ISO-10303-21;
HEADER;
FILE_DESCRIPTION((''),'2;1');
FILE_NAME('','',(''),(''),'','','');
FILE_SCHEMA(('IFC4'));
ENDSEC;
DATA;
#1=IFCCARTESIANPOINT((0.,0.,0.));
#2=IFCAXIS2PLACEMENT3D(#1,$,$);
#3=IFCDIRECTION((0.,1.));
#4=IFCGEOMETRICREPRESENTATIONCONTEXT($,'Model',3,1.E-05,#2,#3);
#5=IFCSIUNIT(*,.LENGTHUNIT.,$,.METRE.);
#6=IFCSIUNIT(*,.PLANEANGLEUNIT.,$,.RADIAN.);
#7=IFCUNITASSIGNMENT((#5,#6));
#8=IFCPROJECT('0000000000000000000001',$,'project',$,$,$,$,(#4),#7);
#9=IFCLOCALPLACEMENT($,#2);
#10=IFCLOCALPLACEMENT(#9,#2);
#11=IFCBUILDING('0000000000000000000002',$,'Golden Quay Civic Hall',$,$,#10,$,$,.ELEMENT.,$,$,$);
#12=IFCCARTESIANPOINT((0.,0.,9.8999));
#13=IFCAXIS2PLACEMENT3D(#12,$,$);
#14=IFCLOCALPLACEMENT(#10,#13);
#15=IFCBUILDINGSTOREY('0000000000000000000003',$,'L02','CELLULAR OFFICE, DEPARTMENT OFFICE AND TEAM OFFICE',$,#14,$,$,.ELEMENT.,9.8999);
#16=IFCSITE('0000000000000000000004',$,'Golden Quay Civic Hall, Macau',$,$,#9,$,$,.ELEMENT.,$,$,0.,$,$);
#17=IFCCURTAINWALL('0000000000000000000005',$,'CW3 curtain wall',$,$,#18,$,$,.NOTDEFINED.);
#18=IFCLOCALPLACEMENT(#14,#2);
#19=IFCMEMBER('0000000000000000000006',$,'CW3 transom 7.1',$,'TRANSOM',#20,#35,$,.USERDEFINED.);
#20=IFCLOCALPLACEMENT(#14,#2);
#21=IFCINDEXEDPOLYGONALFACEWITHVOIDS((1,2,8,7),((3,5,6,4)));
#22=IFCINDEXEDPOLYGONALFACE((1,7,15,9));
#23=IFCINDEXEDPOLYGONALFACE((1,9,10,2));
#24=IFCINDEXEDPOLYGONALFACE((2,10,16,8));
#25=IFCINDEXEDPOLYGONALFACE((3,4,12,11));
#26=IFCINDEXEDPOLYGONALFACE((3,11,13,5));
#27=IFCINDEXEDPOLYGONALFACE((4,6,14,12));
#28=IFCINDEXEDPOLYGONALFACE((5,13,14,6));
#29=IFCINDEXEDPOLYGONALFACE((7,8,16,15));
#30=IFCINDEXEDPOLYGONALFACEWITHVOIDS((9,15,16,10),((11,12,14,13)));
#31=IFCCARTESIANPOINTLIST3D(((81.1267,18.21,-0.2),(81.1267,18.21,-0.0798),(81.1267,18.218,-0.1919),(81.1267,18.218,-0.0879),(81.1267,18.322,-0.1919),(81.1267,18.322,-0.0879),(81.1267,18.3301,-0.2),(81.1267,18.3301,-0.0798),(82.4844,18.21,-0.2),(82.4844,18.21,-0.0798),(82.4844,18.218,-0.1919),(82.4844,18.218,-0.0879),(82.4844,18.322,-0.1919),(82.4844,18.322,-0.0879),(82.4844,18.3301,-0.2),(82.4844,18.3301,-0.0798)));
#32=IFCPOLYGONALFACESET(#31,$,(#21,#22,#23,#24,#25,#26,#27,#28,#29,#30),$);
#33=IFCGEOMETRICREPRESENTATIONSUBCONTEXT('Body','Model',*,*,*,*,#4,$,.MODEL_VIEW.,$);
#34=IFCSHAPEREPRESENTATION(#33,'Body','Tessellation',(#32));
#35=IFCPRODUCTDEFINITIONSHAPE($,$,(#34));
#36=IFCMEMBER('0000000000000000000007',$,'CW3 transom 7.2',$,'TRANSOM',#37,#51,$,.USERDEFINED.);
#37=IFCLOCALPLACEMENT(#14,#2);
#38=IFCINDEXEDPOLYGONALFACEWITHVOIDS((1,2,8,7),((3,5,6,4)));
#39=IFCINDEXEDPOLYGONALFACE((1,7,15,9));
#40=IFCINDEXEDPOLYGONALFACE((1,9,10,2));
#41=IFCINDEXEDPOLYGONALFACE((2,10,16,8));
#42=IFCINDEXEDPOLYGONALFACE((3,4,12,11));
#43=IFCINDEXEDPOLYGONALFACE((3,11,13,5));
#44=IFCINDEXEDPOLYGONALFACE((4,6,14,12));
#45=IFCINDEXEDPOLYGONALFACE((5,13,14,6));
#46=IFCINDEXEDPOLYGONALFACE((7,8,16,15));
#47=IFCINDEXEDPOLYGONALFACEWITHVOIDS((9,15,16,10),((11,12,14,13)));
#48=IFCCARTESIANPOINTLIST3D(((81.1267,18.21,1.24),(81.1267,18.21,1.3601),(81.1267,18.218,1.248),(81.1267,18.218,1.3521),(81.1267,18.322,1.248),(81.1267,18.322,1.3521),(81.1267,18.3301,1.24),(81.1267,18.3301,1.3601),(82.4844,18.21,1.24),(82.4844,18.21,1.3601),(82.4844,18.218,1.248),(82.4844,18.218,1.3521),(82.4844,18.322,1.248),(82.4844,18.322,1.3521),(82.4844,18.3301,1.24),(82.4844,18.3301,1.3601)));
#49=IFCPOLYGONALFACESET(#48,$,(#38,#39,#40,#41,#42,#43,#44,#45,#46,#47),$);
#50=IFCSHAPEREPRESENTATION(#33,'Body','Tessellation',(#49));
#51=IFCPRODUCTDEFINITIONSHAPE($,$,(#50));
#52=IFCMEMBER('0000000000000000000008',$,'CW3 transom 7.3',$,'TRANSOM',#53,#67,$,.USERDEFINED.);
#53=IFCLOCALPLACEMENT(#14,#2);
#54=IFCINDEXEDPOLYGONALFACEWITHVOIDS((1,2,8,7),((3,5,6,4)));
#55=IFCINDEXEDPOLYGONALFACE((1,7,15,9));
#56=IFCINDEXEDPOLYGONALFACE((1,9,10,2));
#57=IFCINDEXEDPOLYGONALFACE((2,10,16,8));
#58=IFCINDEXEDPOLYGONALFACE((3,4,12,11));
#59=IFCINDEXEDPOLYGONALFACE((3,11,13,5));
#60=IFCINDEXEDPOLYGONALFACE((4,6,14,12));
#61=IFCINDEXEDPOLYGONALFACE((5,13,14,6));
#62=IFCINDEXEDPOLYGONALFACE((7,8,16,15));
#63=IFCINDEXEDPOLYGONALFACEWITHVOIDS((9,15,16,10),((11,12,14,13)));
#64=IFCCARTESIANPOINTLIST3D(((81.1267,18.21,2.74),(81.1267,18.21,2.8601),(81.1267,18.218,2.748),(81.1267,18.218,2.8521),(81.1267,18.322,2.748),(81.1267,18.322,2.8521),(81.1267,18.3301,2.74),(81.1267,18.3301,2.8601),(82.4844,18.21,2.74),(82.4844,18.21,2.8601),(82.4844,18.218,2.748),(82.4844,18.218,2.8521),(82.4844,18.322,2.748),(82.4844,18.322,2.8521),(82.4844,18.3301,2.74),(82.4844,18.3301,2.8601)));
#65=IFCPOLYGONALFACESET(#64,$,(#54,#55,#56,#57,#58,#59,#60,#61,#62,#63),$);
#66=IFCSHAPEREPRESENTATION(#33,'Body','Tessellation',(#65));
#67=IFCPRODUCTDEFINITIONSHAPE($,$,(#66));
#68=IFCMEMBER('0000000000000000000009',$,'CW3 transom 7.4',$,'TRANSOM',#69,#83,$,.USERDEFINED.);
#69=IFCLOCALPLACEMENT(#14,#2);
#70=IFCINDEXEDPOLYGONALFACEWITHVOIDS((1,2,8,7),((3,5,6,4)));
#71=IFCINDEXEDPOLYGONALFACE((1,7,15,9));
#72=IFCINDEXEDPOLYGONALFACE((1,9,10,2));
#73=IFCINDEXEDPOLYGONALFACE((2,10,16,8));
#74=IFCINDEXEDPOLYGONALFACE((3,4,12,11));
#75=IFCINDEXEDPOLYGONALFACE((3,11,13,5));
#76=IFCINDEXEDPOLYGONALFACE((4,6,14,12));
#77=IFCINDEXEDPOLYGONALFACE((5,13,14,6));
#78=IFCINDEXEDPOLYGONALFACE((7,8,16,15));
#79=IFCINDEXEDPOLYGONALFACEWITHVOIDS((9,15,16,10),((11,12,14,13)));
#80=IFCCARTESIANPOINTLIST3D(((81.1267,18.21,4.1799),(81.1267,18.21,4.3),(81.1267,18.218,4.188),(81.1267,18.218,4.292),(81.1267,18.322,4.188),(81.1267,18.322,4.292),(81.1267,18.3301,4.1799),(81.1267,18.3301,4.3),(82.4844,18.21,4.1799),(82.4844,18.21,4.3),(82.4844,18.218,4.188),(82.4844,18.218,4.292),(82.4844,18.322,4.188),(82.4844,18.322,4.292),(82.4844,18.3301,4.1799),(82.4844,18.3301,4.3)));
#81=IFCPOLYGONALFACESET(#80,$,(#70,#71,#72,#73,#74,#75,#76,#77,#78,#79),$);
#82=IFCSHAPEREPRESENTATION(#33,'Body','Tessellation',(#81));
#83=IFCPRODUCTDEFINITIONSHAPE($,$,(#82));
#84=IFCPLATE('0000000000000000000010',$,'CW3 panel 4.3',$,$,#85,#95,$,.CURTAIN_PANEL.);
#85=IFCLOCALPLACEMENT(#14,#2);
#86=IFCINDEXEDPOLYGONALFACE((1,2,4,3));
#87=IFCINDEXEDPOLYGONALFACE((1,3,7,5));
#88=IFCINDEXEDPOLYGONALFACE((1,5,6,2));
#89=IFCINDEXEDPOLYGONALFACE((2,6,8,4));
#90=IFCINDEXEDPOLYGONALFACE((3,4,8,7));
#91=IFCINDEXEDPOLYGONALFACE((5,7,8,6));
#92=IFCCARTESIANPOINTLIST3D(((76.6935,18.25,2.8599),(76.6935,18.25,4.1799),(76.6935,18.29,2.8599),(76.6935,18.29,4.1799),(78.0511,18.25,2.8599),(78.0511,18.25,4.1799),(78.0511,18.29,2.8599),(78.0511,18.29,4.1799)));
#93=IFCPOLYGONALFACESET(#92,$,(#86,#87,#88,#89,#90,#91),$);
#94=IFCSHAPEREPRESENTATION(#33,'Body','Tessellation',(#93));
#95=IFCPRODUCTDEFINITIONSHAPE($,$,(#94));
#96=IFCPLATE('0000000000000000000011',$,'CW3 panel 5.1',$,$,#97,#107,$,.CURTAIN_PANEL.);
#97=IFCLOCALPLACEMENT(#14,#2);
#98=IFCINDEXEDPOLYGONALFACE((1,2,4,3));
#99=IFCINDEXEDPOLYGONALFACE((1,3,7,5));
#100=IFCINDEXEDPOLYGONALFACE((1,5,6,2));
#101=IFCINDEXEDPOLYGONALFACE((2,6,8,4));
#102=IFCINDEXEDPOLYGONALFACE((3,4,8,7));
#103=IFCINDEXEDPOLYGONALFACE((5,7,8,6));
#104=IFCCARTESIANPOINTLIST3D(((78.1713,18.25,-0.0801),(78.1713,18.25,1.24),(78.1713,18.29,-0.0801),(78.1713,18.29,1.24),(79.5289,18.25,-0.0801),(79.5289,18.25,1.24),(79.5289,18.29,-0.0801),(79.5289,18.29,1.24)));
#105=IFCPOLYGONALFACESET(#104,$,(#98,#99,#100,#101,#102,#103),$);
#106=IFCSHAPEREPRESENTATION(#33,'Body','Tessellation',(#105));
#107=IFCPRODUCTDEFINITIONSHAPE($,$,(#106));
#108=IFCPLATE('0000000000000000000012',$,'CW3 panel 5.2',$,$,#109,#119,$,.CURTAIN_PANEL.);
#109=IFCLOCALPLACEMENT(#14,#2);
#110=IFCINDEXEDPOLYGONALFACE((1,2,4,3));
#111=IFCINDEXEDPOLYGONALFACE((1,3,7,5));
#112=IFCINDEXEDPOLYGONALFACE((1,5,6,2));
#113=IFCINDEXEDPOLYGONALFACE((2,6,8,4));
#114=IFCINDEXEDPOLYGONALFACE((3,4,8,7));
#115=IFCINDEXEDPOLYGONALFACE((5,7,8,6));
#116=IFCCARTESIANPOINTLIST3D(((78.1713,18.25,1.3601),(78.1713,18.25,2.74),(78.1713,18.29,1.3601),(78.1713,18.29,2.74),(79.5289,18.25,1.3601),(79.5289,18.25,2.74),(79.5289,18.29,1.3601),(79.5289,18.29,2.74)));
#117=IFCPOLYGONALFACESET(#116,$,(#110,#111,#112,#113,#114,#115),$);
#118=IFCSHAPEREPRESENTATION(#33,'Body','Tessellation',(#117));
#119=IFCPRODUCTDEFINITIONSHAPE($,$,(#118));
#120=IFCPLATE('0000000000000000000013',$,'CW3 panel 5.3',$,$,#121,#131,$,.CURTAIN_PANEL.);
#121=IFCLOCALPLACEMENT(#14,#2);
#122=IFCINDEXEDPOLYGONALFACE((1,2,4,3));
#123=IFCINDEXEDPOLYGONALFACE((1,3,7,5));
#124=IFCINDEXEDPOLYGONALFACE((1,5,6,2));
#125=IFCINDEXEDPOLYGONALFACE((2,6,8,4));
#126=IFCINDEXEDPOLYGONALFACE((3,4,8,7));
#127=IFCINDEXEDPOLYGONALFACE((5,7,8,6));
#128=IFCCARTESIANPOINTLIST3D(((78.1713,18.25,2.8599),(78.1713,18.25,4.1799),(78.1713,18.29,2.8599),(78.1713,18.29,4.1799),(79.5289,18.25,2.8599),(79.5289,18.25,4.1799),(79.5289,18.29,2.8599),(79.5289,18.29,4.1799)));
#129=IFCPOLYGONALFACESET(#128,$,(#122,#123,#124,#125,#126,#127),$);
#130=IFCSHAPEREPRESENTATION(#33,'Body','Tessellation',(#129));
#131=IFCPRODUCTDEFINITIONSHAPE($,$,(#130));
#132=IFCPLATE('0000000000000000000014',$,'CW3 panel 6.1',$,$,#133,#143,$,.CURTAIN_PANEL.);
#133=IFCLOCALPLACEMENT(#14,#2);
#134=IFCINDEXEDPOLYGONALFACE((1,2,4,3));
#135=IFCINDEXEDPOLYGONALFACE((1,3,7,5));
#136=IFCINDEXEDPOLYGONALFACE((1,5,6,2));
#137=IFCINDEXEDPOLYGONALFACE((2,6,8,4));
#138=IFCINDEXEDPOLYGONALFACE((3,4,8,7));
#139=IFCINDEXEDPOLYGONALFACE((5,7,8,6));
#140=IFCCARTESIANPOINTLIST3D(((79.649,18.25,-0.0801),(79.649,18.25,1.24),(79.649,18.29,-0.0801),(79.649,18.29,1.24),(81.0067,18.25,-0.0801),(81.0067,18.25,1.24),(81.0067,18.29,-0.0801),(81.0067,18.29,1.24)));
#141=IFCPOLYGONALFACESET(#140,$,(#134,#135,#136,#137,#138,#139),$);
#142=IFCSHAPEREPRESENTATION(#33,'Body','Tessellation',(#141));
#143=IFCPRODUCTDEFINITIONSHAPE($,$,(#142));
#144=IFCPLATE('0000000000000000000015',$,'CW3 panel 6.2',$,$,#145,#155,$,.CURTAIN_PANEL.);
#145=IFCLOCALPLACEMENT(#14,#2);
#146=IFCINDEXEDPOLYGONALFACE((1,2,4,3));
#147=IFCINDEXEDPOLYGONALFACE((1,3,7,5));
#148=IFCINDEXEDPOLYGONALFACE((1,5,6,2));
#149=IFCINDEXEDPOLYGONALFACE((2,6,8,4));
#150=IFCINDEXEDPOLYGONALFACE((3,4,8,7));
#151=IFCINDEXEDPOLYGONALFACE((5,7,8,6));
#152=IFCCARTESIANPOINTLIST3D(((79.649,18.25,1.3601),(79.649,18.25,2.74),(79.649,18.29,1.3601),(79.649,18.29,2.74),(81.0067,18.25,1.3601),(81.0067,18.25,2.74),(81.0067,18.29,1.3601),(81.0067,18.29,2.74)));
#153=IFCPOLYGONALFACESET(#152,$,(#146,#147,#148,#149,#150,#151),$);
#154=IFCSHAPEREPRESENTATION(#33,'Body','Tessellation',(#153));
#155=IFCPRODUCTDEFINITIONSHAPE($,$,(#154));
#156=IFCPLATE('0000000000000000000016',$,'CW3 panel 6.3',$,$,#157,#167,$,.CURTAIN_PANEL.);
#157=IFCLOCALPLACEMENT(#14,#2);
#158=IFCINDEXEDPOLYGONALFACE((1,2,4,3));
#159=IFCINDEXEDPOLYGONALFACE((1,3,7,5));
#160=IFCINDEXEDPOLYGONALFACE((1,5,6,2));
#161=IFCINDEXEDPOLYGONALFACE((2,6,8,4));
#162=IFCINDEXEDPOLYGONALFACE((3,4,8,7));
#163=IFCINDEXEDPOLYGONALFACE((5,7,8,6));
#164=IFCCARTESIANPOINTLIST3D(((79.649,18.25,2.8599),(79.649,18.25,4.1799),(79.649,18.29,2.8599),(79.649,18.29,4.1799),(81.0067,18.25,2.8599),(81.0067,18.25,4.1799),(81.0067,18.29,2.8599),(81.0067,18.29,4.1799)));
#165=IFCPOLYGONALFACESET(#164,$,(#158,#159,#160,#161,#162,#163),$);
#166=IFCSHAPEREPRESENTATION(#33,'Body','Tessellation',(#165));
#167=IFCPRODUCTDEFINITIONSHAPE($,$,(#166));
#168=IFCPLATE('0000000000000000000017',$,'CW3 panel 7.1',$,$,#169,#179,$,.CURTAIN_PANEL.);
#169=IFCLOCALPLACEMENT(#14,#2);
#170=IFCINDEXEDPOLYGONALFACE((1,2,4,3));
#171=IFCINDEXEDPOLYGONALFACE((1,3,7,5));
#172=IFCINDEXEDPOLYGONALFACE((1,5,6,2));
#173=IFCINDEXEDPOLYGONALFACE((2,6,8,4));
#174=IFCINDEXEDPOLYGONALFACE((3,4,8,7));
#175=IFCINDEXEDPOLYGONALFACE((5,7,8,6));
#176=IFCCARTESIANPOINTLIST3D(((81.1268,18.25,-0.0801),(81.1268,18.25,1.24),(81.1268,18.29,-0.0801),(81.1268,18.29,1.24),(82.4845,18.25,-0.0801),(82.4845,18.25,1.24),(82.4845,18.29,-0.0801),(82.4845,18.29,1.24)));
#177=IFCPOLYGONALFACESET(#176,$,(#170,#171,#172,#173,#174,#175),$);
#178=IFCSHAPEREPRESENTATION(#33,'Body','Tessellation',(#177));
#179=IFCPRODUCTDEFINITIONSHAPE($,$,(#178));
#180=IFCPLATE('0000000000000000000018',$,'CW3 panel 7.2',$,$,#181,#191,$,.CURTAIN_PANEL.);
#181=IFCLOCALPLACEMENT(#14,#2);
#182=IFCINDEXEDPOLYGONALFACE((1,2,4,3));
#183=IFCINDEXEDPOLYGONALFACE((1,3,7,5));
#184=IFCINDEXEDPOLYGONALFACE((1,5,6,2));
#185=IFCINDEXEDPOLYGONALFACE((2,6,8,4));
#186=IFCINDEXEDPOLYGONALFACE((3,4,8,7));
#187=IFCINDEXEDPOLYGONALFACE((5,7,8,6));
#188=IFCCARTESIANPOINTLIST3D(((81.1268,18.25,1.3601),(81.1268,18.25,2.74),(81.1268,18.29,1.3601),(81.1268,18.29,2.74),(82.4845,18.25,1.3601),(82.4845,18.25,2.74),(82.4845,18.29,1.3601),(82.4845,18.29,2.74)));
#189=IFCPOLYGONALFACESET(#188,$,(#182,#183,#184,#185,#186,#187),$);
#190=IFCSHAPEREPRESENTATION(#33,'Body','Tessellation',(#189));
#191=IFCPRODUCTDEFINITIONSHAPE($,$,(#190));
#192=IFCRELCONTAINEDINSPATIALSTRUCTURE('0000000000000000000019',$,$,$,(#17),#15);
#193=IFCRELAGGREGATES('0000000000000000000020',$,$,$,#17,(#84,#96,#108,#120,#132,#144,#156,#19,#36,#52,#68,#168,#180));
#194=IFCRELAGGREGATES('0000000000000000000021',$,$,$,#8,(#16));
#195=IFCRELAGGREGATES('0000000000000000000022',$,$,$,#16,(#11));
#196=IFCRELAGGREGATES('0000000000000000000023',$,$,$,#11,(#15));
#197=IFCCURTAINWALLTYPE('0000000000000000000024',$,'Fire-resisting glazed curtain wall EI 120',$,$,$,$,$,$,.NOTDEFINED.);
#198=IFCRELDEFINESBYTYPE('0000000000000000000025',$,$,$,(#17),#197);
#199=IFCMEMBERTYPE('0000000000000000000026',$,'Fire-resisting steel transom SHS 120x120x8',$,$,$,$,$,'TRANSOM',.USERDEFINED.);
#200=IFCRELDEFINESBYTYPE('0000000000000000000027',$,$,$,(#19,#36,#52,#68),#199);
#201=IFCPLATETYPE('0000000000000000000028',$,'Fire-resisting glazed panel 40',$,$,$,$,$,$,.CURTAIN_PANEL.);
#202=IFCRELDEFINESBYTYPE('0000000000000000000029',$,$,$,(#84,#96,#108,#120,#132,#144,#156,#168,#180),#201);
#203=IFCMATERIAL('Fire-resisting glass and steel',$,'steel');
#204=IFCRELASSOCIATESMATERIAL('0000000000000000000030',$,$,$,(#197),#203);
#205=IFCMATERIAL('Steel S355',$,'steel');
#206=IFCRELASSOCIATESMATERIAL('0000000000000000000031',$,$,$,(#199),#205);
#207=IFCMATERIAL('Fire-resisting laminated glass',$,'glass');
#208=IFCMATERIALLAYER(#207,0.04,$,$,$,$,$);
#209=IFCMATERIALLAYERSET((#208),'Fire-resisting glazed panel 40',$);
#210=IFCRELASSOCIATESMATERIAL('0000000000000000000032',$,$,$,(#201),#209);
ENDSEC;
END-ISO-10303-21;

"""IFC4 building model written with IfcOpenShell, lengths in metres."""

from ifc_helpers import new_model, si_unit, direction, frame, origin, origin_2d, place, context, subcontext, project, spatial, rectangle, hollow_rectangle, extrude, material, layer, layer_set, material_profile, profile_set, type_object, element, aggregate, save


model = new_model("IFC4")

# Units and contexts
model_context = context("Model", 3, precision=1e-05, world=origin(), true_north=direction((0.0, 1.0)))
body_context = subcontext(model_context, "Body", "Model", "MODEL_VIEW")
ifc_project = project(units=[si_unit("LENGTHUNIT", "METRE"), si_unit("PLANEANGLEUNIT", "RADIAN")], contexts=[model_context])

# Site, building, storey
site_placement = place(None, origin())
site = spatial("IfcSite", under=ifc_project, at=site_placement, Name="Golden Quay Civic Hall, Macau", CompositionType="ELEMENT", RefElevation=0.0)
building_placement = place(site_placement, origin())
building = spatial("IfcBuilding", under=site, at=building_placement, Name="Golden Quay Civic Hall", CompositionType="ELEMENT")
storey_placement = place(building_placement, frame((0.0, 0.0, 9.8999)))
storey = spatial("IfcBuildingStorey", under=building, at=storey_placement, Name="L02", Description="CELLULAR OFFICE, DEPARTMENT OFFICE AND TEAM OFFICE", CompositionType="ELEMENT", Elevation=9.8999)

# Curtain wall, members, plates
ifc_material_1 = material(Name="Fire-resisting glass and steel", Category="steel")
curtain_wall_type = type_object("IfcCurtainWallType", Name="Fire-resisting glazed curtain wall EI 120", PredefinedType="NOTDEFINED", material=ifc_material_1)
curtain_wall_placement = place(storey_placement, origin())
curtain_wall = element("IfcCurtainWall", 1, at=curtain_wall_placement, inside=storey, type_object=curtain_wall_type, Name="CW3 curtain wall", PredefinedType="NOTDEFINED")
ifc_material_2 = material(Name="Steel S355", Category="steel")
ifc_material_profile_1 = material_profile(ifc_material_2, hollow_rectangle(XDim=0.1201, YDim=0.1201, WallThickness=0.0081, at=origin_2d()), Name="SHS 120x120x8")
ifc_profile_set_1 = profile_set([ifc_material_profile_1], Name="Steel S355")
member_type_1 = type_object("IfcMemberType", Name="Fire-resisting steel transom SHS 120x120x8", ElementType="TRANSOM", PredefinedType="USERDEFINED", material=ifc_profile_set_1)
member_1_placement = place(storey_placement, frame((81.1267, 18.27, -0.1399), z_axis=(1.0, 0.0, 0.0), x_axis=(0.0, 1.0, 0.0)))
member_1 = element("IfcMember", 2, at=member_1_placement, type_object=member_type_1, Name="CW3 transom 7.1", ObjectType="TRANSOM", PredefinedType="USERDEFINED", context=body_context, shape_type="SweptSolid", body=[
    extrude(hollow_rectangle(XDim=0.1201, YDim=0.1201, WallThickness=0.0081, at=origin_2d()), origin(), (0.0, 0.0, 1.0), 1.3577),
])
member_2_placement = place(storey_placement, frame((81.1267, 18.27, 1.3), z_axis=(1.0, 0.0, 0.0), x_axis=(0.0, 1.0, 0.0)))
member_2 = element("IfcMember", 3, at=member_2_placement, type_object=member_type_1, Name="CW3 transom 7.2", ObjectType="TRANSOM", PredefinedType="USERDEFINED", context=body_context, shape_type="SweptSolid", body=[
    extrude(hollow_rectangle(XDim=0.1201, YDim=0.1201, WallThickness=0.0081, at=origin_2d()), origin(), (0.0, 0.0, 1.0), 1.3577),
])
member_3_placement = place(storey_placement, frame((81.1267, 18.27, 2.8), z_axis=(1.0, 0.0, 0.0), x_axis=(0.0, 1.0, 0.0)))
member_3 = element("IfcMember", 4, at=member_3_placement, type_object=member_type_1, Name="CW3 transom 7.3", ObjectType="TRANSOM", PredefinedType="USERDEFINED", context=body_context, shape_type="SweptSolid", body=[
    extrude(hollow_rectangle(XDim=0.1201, YDim=0.1201, WallThickness=0.0081, at=origin_2d()), origin(), (0.0, 0.0, 1.0), 1.3577),
])
member_4_placement = place(storey_placement, frame((81.1267, 18.27, 4.24), z_axis=(1.0, 0.0, 0.0), x_axis=(0.0, 1.0, 0.0)))
member_4 = element("IfcMember", 5, at=member_4_placement, type_object=member_type_1, Name="CW3 transom 7.4", ObjectType="TRANSOM", PredefinedType="USERDEFINED", context=body_context, shape_type="SweptSolid", body=[
    extrude(hollow_rectangle(XDim=0.1201, YDim=0.1201, WallThickness=0.0081, at=origin_2d()), origin(), (0.0, 0.0, 1.0), 1.3577),
])
ifc_material_3 = material(Name="Fire-resisting laminated glass", Category="glass")
ifc_layer = layer(ifc_material_3, 0.04)
ifc_layer_set = layer_set([ifc_layer], Name="Fire-resisting glazed panel 40")
plate_type = type_object("IfcPlateType", Name="Fire-resisting glazed panel 40", PredefinedType="CURTAIN_PANEL", material=ifc_layer_set)
plate_1_placement = place(storey_placement, frame((77.3723, 18.27, 2.8599), z_axis=(0.0, 0.0, 1.0), x_axis=(1.0, 0.0, 0.0)))
plate_1 = element("IfcPlate", 6, at=plate_1_placement, type_object=plate_type, Name="CW3 panel 4.3", PredefinedType="CURTAIN_PANEL", context=body_context, shape_type="SweptSolid", body=[
    extrude(rectangle(XDim=1.3577, YDim=0.04, at=origin_2d()), origin(), (0.0, 0.0, 1.0), 1.3201),
])
plate_2_placement = place(storey_placement, frame((78.8501, 18.27, -0.0801), z_axis=(0.0, 0.0, 1.0), x_axis=(1.0, 0.0, 0.0)))
plate_2 = element("IfcPlate", 7, at=plate_2_placement, type_object=plate_type, Name="CW3 panel 5.1", PredefinedType="CURTAIN_PANEL", context=body_context, shape_type="SweptSolid", body=[
    extrude(rectangle(XDim=1.3577, YDim=0.04, at=origin_2d()), origin(), (0.0, 0.0, 1.0), 1.3201),
])
plate_3_placement = place(storey_placement, frame((78.8501, 18.27, 1.3601), z_axis=(0.0, 0.0, 1.0), x_axis=(1.0, 0.0, 0.0)))
plate_3 = element("IfcPlate", 8, at=plate_3_placement, type_object=plate_type, Name="CW3 panel 5.2", PredefinedType="CURTAIN_PANEL", context=body_context, shape_type="SweptSolid", body=[
    extrude(rectangle(XDim=1.3577, YDim=0.04, at=origin_2d()), origin(), (0.0, 0.0, 1.0), 1.3799),
])
plate_4_placement = place(storey_placement, frame((78.8501, 18.27, 2.8599), z_axis=(0.0, 0.0, 1.0), x_axis=(1.0, 0.0, 0.0)))
plate_4 = element("IfcPlate", 9, at=plate_4_placement, type_object=plate_type, Name="CW3 panel 5.3", PredefinedType="CURTAIN_PANEL", context=body_context, shape_type="SweptSolid", body=[
    extrude(rectangle(XDim=1.3577, YDim=0.04, at=origin_2d()), origin(), (0.0, 0.0, 1.0), 1.3201),
])
plate_5_placement = place(storey_placement, frame((80.3279, 18.27, -0.0801), z_axis=(0.0, 0.0, 1.0), x_axis=(1.0, 0.0, 0.0)))
plate_5 = element("IfcPlate", 10, at=plate_5_placement, type_object=plate_type, Name="CW3 panel 6.1", PredefinedType="CURTAIN_PANEL", context=body_context, shape_type="SweptSolid", body=[
    extrude(rectangle(XDim=1.3577, YDim=0.04, at=origin_2d()), origin(), (0.0, 0.0, 1.0), 1.3201),
])
plate_6_placement = place(storey_placement, frame((80.3279, 18.27, 1.3601), z_axis=(0.0, 0.0, 1.0), x_axis=(1.0, 0.0, 0.0)))
plate_6 = element("IfcPlate", 11, at=plate_6_placement, type_object=plate_type, Name="CW3 panel 6.2", PredefinedType="CURTAIN_PANEL", context=body_context, shape_type="SweptSolid", body=[
    extrude(rectangle(XDim=1.3577, YDim=0.04, at=origin_2d()), origin(), (0.0, 0.0, 1.0), 1.3799),
])
plate_7_placement = place(storey_placement, frame((80.3279, 18.27, 2.8599), z_axis=(0.0, 0.0, 1.0), x_axis=(1.0, 0.0, 0.0)))
plate_7 = element("IfcPlate", 12, at=plate_7_placement, type_object=plate_type, Name="CW3 panel 6.3", PredefinedType="CURTAIN_PANEL", context=body_context, shape_type="SweptSolid", body=[
    extrude(rectangle(XDim=1.3577, YDim=0.04, at=origin_2d()), origin(), (0.0, 0.0, 1.0), 1.3201),
])
plate_8_placement = place(storey_placement, frame((81.8057, 18.27, -0.0801), z_axis=(0.0, 0.0, 1.0), x_axis=(1.0, 0.0, 0.0)))
plate_8 = element("IfcPlate", 13, at=plate_8_placement, type_object=plate_type, Name="CW3 panel 7.1", PredefinedType="CURTAIN_PANEL", context=body_context, shape_type="SweptSolid", body=[
    extrude(rectangle(XDim=1.3577, YDim=0.04, at=origin_2d()), origin(), (0.0, 0.0, 1.0), 1.3201),
])
plate_9_placement = place(storey_placement, frame((81.8057, 18.27, 1.3601), z_axis=(0.0, 0.0, 1.0), x_axis=(1.0, 0.0, 0.0)))
plate_9 = element("IfcPlate", 14, at=plate_9_placement, type_object=plate_type, Name="CW3 panel 7.2", PredefinedType="CURTAIN_PANEL", context=body_context, shape_type="SweptSolid", body=[
    extrude(rectangle(XDim=1.3577, YDim=0.04, at=origin_2d()), origin(), (0.0, 0.0, 1.0), 1.3799),
])
aggregate(curtain_wall, [plate_1, plate_2, plate_3, plate_4, plate_5, plate_6, plate_7, member_1, member_2, member_3, member_4, plate_8, plate_9])

save(model, "model.ifc")
